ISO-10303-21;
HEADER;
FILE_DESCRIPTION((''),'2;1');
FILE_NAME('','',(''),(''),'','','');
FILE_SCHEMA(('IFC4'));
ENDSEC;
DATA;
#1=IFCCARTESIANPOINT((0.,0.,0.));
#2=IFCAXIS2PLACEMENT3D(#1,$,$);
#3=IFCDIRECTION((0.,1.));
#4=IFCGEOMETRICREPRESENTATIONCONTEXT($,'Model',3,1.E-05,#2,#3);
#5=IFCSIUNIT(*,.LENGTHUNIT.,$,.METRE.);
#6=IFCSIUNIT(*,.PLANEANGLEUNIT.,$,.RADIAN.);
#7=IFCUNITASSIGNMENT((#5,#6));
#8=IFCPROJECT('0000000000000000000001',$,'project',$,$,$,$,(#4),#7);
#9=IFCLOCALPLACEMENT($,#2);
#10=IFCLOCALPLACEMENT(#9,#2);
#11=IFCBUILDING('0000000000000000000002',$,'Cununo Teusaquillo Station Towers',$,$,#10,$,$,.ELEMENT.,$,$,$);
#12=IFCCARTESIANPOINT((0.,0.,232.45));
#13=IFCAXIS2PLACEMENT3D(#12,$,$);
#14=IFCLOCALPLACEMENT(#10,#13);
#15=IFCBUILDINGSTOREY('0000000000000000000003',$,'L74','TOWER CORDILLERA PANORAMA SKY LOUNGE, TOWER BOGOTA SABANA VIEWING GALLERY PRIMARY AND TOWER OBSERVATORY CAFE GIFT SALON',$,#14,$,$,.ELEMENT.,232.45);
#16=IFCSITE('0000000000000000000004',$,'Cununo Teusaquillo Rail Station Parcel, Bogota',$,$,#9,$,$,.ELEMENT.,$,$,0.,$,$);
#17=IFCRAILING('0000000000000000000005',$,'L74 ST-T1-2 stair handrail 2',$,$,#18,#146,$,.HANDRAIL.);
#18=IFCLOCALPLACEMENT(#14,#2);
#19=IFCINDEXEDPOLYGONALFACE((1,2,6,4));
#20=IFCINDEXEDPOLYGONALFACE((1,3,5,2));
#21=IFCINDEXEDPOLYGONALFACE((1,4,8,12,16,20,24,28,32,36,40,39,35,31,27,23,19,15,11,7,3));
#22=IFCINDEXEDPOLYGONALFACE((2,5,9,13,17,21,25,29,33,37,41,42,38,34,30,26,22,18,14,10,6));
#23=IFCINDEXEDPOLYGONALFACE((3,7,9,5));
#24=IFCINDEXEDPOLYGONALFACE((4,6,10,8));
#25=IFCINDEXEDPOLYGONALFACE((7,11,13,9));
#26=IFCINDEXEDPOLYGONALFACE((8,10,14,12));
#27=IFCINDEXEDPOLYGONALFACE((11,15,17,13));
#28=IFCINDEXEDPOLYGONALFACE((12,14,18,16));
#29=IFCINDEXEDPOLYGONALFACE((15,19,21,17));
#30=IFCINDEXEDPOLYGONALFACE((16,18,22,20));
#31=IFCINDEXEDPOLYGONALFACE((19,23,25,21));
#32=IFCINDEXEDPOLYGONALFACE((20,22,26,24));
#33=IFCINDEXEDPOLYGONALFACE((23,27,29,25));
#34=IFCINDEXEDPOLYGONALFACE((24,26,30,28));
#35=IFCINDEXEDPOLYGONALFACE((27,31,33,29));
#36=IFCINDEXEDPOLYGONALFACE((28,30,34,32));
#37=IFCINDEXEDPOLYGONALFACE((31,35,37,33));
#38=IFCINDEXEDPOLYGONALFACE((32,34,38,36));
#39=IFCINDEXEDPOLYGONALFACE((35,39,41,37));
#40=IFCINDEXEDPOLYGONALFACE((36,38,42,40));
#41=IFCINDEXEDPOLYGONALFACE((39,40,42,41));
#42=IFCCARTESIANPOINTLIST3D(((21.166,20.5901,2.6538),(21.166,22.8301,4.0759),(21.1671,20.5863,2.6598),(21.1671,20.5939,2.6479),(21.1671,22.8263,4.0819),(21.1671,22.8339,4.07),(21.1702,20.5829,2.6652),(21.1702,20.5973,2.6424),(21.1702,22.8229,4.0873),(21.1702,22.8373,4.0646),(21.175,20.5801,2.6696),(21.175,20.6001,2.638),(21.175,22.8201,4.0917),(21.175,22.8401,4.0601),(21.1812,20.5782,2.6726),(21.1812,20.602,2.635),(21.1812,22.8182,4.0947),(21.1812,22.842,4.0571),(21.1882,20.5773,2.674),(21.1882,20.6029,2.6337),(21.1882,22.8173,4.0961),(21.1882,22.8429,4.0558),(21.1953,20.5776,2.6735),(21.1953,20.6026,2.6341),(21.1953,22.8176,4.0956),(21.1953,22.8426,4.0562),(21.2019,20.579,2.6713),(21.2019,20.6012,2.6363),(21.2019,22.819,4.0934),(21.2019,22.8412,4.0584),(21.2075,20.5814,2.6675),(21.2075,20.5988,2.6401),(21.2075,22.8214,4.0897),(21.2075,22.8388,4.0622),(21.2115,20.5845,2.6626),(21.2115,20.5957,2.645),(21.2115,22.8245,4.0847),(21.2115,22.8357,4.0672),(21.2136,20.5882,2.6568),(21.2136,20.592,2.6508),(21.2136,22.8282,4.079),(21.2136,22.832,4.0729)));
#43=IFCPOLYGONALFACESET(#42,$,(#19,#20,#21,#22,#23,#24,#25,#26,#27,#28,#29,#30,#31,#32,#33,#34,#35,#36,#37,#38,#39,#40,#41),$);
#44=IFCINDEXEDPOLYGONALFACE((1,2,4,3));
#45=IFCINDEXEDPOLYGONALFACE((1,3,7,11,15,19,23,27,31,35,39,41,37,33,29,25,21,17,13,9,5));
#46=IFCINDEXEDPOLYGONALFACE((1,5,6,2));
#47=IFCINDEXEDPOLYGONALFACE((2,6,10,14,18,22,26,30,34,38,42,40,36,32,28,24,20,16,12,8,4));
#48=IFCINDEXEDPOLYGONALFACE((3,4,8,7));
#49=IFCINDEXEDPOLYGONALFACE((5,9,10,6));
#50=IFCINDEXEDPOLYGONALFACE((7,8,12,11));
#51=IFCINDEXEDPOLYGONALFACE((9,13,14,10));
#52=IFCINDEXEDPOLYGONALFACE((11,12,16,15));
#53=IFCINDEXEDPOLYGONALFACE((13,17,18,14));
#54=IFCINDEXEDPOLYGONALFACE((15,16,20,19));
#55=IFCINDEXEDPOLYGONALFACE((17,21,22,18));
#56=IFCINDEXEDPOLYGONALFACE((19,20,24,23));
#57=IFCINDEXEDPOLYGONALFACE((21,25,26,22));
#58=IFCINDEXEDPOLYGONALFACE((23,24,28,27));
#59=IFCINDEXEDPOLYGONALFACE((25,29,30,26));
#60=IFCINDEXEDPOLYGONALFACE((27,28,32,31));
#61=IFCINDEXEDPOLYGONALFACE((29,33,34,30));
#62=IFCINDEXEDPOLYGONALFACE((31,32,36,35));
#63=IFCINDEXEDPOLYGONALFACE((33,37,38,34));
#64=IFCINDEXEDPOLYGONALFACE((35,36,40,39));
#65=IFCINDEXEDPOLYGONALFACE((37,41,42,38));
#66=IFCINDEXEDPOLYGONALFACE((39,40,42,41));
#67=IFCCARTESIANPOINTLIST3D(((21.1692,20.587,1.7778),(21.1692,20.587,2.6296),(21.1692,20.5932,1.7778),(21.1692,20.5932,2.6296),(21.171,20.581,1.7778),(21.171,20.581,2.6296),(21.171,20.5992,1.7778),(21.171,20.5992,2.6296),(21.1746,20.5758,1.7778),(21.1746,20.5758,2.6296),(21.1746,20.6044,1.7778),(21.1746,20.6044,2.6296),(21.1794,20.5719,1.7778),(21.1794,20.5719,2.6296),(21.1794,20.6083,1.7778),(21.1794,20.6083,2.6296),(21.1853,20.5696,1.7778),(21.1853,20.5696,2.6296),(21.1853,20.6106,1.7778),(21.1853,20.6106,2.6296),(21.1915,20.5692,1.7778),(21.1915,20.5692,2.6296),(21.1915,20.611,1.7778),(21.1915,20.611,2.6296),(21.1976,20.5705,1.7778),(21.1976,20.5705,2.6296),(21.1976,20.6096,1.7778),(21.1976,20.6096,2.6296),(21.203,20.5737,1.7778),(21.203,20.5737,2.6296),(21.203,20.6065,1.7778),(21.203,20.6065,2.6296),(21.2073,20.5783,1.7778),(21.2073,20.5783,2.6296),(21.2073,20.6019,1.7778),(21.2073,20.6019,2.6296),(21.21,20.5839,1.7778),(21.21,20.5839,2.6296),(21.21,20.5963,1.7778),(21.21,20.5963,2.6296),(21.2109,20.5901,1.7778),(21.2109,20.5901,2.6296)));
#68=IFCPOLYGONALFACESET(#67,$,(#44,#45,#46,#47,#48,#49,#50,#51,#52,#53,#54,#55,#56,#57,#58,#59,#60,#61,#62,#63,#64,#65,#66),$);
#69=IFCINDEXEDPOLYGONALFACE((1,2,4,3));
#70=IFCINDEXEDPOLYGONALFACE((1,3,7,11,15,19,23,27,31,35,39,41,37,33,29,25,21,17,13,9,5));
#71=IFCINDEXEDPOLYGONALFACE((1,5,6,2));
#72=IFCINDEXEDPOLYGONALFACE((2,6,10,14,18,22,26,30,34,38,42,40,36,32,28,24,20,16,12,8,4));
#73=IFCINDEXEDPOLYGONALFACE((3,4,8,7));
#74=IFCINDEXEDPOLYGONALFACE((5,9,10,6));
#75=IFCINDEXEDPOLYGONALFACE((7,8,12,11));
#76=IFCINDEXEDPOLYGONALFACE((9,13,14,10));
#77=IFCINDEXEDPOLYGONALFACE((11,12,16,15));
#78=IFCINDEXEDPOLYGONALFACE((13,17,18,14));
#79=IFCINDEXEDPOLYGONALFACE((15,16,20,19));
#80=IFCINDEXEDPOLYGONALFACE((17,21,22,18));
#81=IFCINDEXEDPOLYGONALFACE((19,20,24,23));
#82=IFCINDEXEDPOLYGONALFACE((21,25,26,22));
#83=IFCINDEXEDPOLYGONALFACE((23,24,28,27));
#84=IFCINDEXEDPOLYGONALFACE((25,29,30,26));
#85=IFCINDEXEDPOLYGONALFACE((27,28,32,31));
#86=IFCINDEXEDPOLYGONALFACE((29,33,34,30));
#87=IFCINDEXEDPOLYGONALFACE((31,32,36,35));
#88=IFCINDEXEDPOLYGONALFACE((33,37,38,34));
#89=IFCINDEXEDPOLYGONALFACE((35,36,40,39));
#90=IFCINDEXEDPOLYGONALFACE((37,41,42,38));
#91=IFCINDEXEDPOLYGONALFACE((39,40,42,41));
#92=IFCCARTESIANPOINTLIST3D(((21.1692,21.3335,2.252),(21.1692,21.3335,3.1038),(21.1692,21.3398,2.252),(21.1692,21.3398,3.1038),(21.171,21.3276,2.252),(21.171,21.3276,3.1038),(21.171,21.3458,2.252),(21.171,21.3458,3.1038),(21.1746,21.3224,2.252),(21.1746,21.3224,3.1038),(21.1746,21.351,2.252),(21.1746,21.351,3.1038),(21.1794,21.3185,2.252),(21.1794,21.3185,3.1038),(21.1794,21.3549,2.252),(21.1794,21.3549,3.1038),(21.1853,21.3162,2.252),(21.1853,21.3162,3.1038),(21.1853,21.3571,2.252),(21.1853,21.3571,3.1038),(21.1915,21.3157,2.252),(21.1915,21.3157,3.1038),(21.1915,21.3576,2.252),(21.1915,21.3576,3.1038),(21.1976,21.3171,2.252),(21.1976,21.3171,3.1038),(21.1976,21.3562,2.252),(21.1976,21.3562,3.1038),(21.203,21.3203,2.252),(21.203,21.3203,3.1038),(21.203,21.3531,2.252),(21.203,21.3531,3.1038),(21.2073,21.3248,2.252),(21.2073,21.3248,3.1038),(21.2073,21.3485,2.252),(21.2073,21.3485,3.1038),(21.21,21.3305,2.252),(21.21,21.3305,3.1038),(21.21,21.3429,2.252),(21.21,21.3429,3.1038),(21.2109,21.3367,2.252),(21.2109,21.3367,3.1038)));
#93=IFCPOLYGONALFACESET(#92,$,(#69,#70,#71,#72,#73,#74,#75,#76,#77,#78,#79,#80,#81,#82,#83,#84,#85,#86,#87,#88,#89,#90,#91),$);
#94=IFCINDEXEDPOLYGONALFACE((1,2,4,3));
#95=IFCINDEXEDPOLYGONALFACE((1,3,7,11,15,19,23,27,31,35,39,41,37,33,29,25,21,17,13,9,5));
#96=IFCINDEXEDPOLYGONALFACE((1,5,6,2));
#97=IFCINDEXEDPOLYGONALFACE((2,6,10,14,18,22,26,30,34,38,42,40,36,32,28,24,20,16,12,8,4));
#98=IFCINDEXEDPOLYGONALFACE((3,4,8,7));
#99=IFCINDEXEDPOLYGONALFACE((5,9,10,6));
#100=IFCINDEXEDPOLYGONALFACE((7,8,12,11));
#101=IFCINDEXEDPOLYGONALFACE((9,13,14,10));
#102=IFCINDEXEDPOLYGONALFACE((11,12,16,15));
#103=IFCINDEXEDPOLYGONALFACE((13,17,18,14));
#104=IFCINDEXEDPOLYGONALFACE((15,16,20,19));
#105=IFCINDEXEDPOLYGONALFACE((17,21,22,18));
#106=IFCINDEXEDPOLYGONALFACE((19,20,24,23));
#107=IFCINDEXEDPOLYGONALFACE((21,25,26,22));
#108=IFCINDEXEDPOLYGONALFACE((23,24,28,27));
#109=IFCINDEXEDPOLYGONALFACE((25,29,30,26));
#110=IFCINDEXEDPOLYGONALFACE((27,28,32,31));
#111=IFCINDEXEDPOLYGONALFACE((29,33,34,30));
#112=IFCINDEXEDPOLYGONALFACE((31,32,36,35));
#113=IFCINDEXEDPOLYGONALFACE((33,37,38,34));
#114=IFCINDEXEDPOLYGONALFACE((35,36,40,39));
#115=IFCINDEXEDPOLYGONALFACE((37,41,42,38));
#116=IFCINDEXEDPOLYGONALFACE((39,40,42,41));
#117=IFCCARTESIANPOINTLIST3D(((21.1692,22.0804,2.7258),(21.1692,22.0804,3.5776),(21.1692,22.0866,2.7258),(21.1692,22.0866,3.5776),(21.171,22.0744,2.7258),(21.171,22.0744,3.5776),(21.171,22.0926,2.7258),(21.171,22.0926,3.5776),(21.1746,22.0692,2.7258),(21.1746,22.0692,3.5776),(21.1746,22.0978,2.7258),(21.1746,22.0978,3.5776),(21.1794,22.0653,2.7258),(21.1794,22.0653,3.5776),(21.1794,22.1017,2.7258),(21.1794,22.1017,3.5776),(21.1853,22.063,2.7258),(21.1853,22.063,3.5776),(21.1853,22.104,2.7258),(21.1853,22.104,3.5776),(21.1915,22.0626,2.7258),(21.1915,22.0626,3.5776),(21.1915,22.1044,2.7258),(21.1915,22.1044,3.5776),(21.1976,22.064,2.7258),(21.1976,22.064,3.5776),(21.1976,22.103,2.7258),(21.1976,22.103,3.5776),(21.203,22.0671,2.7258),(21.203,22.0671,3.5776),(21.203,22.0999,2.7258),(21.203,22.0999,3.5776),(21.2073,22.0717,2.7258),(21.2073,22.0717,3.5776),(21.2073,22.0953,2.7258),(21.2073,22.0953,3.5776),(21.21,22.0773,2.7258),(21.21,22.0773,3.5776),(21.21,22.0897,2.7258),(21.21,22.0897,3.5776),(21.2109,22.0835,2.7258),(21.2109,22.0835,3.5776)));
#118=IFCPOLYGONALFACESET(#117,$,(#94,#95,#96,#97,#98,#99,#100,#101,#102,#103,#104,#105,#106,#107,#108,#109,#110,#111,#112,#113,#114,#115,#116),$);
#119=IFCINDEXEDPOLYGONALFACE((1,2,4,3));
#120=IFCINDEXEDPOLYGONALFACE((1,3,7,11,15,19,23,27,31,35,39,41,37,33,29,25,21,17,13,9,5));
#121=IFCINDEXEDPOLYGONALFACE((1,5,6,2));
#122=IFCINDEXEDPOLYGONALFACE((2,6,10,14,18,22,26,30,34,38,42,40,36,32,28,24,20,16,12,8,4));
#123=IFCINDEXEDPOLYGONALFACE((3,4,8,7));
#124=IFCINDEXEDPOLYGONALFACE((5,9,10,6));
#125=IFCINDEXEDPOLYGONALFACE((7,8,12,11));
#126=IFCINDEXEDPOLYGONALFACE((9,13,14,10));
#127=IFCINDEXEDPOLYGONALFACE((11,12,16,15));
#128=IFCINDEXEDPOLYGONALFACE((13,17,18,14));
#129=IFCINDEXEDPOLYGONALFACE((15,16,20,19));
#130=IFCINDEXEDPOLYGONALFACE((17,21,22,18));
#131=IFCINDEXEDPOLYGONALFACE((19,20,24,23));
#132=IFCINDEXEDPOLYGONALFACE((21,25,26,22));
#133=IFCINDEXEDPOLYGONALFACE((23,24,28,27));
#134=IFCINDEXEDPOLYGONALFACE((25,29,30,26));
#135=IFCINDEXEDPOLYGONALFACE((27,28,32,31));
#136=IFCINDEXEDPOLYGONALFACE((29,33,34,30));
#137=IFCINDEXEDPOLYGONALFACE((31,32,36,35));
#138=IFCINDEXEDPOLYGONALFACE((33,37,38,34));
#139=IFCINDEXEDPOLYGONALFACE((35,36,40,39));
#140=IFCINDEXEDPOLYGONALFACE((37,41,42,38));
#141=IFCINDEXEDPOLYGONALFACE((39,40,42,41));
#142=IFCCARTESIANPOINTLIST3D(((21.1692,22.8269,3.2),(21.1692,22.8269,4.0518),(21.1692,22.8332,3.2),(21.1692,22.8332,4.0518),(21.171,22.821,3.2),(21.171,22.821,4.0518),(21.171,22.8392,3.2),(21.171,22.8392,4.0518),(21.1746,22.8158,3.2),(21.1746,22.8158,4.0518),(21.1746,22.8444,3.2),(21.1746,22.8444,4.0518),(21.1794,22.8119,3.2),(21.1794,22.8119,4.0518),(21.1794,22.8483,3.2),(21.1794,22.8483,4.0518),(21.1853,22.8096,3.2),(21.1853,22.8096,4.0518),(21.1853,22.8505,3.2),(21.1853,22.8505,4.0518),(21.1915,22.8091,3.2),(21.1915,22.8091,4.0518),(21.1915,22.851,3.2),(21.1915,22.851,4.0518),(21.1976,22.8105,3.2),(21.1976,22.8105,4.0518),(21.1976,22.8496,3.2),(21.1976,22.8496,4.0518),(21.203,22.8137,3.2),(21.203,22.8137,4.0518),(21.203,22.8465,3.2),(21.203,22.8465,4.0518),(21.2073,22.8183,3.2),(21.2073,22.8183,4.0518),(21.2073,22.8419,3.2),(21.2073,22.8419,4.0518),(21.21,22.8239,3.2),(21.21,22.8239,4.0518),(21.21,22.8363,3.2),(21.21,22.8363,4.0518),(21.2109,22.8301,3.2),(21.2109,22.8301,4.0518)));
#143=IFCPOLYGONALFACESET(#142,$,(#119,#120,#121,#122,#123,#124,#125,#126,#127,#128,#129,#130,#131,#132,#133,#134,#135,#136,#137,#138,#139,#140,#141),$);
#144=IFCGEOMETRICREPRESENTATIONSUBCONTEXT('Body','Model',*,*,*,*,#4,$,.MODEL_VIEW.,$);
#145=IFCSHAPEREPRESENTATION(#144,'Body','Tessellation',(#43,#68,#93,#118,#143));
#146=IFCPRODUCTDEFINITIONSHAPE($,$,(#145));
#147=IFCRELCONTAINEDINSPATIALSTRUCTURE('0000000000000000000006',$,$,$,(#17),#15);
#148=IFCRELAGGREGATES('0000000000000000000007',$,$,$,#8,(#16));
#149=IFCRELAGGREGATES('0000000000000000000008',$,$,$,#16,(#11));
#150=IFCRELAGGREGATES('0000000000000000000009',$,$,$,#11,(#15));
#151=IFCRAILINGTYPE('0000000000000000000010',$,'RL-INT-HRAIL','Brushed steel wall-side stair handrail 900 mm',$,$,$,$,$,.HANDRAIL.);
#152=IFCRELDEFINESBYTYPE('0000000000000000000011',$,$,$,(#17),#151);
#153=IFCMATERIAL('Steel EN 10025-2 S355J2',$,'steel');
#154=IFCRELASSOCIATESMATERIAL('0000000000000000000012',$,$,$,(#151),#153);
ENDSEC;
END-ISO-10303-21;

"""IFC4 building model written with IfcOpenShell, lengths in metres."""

from ifc_helpers import new_model, si_unit, direction, frame, origin, origin_2d, place, context, subcontext, project, spatial, circle, extrude, material, type_object, element, save


model = new_model("IFC4")

# Units and contexts
model_context = context("Model", 3, precision=1e-05, world=origin(), true_north=direction((0.0, 1.0)))
body_context = subcontext(model_context, "Body", "Model", "MODEL_VIEW")
ifc_project = project(units=[si_unit("LENGTHUNIT", "METRE"), si_unit("PLANEANGLEUNIT", "RADIAN")], contexts=[model_context])

# Site, building, storey
site_placement = place(None, origin())
site = spatial("IfcSite", under=ifc_project, at=site_placement, Name="Cununo Teusaquillo Rail Station Parcel, Bogota", CompositionType="ELEMENT", RefElevation=0.0)
building_placement = place(site_placement, origin())
building = spatial("IfcBuilding", under=site, at=building_placement, Name="Cununo Teusaquillo Station Towers", CompositionType="ELEMENT")
storey_placement = place(building_placement, frame((0.0, 0.0, 232.45)))
storey = spatial("IfcBuildingStorey", under=building, at=storey_placement, Name="L74", Description="TOWER CORDILLERA PANORAMA SKY LOUNGE, TOWER BOGOTA SABANA VIEWING GALLERY PRIMARY AND TOWER OBSERVATORY CAFE GIFT SALON", CompositionType="ELEMENT", Elevation=232.45)

# Railing
ifc_material_1 = material(Name="Steel EN 10025-2 S355J2", Category="steel")
railing_type_1 = type_object("IfcRailingType", Name="RL-INT-HRAIL", Description="Brushed steel wall-side stair handrail 900 mm", PredefinedType="HANDRAIL", material=ifc_material_1)
railing_1_placement = place(storey_placement, frame((21.1899, 20.5901, 1.7778)))
element("IfcRailing", 1, at=railing_1_placement, inside=storey, type_object=railing_type_1, Name="L74 ST-T1-2 stair handrail 2", PredefinedType="HANDRAIL", context=body_context, shape_type="SweptSolid", body=[
    extrude(circle(Radius=0.0239, at=origin_2d()), frame((0.0, 0.0, 0.876), z_axis=(0.0, 0.844229, 0.535982), x_axis=(-1.0, 0.0, 0.0)), (0.0, 0.0, 1.0), 2.6533),
    extrude(circle(Radius=0.021, at=origin_2d()), origin(), (0.0, 0.0, 1.0), 0.8518),
    extrude(circle(Radius=0.021, at=origin_2d()), frame((0.0, 0.7466, 0.4741)), (0.0, 0.0, 1.0), 0.8518),
    extrude(circle(Radius=0.021, at=origin_2d()), frame((0.0, 1.4934, 0.948)), (0.0, 0.0, 1.0), 0.8518),
    extrude(circle(Radius=0.021, at=origin_2d()), frame((0.0, 2.24, 1.4221)), (0.0, 0.0, 1.0), 0.8518),
])

save(model, "model.ifc")
